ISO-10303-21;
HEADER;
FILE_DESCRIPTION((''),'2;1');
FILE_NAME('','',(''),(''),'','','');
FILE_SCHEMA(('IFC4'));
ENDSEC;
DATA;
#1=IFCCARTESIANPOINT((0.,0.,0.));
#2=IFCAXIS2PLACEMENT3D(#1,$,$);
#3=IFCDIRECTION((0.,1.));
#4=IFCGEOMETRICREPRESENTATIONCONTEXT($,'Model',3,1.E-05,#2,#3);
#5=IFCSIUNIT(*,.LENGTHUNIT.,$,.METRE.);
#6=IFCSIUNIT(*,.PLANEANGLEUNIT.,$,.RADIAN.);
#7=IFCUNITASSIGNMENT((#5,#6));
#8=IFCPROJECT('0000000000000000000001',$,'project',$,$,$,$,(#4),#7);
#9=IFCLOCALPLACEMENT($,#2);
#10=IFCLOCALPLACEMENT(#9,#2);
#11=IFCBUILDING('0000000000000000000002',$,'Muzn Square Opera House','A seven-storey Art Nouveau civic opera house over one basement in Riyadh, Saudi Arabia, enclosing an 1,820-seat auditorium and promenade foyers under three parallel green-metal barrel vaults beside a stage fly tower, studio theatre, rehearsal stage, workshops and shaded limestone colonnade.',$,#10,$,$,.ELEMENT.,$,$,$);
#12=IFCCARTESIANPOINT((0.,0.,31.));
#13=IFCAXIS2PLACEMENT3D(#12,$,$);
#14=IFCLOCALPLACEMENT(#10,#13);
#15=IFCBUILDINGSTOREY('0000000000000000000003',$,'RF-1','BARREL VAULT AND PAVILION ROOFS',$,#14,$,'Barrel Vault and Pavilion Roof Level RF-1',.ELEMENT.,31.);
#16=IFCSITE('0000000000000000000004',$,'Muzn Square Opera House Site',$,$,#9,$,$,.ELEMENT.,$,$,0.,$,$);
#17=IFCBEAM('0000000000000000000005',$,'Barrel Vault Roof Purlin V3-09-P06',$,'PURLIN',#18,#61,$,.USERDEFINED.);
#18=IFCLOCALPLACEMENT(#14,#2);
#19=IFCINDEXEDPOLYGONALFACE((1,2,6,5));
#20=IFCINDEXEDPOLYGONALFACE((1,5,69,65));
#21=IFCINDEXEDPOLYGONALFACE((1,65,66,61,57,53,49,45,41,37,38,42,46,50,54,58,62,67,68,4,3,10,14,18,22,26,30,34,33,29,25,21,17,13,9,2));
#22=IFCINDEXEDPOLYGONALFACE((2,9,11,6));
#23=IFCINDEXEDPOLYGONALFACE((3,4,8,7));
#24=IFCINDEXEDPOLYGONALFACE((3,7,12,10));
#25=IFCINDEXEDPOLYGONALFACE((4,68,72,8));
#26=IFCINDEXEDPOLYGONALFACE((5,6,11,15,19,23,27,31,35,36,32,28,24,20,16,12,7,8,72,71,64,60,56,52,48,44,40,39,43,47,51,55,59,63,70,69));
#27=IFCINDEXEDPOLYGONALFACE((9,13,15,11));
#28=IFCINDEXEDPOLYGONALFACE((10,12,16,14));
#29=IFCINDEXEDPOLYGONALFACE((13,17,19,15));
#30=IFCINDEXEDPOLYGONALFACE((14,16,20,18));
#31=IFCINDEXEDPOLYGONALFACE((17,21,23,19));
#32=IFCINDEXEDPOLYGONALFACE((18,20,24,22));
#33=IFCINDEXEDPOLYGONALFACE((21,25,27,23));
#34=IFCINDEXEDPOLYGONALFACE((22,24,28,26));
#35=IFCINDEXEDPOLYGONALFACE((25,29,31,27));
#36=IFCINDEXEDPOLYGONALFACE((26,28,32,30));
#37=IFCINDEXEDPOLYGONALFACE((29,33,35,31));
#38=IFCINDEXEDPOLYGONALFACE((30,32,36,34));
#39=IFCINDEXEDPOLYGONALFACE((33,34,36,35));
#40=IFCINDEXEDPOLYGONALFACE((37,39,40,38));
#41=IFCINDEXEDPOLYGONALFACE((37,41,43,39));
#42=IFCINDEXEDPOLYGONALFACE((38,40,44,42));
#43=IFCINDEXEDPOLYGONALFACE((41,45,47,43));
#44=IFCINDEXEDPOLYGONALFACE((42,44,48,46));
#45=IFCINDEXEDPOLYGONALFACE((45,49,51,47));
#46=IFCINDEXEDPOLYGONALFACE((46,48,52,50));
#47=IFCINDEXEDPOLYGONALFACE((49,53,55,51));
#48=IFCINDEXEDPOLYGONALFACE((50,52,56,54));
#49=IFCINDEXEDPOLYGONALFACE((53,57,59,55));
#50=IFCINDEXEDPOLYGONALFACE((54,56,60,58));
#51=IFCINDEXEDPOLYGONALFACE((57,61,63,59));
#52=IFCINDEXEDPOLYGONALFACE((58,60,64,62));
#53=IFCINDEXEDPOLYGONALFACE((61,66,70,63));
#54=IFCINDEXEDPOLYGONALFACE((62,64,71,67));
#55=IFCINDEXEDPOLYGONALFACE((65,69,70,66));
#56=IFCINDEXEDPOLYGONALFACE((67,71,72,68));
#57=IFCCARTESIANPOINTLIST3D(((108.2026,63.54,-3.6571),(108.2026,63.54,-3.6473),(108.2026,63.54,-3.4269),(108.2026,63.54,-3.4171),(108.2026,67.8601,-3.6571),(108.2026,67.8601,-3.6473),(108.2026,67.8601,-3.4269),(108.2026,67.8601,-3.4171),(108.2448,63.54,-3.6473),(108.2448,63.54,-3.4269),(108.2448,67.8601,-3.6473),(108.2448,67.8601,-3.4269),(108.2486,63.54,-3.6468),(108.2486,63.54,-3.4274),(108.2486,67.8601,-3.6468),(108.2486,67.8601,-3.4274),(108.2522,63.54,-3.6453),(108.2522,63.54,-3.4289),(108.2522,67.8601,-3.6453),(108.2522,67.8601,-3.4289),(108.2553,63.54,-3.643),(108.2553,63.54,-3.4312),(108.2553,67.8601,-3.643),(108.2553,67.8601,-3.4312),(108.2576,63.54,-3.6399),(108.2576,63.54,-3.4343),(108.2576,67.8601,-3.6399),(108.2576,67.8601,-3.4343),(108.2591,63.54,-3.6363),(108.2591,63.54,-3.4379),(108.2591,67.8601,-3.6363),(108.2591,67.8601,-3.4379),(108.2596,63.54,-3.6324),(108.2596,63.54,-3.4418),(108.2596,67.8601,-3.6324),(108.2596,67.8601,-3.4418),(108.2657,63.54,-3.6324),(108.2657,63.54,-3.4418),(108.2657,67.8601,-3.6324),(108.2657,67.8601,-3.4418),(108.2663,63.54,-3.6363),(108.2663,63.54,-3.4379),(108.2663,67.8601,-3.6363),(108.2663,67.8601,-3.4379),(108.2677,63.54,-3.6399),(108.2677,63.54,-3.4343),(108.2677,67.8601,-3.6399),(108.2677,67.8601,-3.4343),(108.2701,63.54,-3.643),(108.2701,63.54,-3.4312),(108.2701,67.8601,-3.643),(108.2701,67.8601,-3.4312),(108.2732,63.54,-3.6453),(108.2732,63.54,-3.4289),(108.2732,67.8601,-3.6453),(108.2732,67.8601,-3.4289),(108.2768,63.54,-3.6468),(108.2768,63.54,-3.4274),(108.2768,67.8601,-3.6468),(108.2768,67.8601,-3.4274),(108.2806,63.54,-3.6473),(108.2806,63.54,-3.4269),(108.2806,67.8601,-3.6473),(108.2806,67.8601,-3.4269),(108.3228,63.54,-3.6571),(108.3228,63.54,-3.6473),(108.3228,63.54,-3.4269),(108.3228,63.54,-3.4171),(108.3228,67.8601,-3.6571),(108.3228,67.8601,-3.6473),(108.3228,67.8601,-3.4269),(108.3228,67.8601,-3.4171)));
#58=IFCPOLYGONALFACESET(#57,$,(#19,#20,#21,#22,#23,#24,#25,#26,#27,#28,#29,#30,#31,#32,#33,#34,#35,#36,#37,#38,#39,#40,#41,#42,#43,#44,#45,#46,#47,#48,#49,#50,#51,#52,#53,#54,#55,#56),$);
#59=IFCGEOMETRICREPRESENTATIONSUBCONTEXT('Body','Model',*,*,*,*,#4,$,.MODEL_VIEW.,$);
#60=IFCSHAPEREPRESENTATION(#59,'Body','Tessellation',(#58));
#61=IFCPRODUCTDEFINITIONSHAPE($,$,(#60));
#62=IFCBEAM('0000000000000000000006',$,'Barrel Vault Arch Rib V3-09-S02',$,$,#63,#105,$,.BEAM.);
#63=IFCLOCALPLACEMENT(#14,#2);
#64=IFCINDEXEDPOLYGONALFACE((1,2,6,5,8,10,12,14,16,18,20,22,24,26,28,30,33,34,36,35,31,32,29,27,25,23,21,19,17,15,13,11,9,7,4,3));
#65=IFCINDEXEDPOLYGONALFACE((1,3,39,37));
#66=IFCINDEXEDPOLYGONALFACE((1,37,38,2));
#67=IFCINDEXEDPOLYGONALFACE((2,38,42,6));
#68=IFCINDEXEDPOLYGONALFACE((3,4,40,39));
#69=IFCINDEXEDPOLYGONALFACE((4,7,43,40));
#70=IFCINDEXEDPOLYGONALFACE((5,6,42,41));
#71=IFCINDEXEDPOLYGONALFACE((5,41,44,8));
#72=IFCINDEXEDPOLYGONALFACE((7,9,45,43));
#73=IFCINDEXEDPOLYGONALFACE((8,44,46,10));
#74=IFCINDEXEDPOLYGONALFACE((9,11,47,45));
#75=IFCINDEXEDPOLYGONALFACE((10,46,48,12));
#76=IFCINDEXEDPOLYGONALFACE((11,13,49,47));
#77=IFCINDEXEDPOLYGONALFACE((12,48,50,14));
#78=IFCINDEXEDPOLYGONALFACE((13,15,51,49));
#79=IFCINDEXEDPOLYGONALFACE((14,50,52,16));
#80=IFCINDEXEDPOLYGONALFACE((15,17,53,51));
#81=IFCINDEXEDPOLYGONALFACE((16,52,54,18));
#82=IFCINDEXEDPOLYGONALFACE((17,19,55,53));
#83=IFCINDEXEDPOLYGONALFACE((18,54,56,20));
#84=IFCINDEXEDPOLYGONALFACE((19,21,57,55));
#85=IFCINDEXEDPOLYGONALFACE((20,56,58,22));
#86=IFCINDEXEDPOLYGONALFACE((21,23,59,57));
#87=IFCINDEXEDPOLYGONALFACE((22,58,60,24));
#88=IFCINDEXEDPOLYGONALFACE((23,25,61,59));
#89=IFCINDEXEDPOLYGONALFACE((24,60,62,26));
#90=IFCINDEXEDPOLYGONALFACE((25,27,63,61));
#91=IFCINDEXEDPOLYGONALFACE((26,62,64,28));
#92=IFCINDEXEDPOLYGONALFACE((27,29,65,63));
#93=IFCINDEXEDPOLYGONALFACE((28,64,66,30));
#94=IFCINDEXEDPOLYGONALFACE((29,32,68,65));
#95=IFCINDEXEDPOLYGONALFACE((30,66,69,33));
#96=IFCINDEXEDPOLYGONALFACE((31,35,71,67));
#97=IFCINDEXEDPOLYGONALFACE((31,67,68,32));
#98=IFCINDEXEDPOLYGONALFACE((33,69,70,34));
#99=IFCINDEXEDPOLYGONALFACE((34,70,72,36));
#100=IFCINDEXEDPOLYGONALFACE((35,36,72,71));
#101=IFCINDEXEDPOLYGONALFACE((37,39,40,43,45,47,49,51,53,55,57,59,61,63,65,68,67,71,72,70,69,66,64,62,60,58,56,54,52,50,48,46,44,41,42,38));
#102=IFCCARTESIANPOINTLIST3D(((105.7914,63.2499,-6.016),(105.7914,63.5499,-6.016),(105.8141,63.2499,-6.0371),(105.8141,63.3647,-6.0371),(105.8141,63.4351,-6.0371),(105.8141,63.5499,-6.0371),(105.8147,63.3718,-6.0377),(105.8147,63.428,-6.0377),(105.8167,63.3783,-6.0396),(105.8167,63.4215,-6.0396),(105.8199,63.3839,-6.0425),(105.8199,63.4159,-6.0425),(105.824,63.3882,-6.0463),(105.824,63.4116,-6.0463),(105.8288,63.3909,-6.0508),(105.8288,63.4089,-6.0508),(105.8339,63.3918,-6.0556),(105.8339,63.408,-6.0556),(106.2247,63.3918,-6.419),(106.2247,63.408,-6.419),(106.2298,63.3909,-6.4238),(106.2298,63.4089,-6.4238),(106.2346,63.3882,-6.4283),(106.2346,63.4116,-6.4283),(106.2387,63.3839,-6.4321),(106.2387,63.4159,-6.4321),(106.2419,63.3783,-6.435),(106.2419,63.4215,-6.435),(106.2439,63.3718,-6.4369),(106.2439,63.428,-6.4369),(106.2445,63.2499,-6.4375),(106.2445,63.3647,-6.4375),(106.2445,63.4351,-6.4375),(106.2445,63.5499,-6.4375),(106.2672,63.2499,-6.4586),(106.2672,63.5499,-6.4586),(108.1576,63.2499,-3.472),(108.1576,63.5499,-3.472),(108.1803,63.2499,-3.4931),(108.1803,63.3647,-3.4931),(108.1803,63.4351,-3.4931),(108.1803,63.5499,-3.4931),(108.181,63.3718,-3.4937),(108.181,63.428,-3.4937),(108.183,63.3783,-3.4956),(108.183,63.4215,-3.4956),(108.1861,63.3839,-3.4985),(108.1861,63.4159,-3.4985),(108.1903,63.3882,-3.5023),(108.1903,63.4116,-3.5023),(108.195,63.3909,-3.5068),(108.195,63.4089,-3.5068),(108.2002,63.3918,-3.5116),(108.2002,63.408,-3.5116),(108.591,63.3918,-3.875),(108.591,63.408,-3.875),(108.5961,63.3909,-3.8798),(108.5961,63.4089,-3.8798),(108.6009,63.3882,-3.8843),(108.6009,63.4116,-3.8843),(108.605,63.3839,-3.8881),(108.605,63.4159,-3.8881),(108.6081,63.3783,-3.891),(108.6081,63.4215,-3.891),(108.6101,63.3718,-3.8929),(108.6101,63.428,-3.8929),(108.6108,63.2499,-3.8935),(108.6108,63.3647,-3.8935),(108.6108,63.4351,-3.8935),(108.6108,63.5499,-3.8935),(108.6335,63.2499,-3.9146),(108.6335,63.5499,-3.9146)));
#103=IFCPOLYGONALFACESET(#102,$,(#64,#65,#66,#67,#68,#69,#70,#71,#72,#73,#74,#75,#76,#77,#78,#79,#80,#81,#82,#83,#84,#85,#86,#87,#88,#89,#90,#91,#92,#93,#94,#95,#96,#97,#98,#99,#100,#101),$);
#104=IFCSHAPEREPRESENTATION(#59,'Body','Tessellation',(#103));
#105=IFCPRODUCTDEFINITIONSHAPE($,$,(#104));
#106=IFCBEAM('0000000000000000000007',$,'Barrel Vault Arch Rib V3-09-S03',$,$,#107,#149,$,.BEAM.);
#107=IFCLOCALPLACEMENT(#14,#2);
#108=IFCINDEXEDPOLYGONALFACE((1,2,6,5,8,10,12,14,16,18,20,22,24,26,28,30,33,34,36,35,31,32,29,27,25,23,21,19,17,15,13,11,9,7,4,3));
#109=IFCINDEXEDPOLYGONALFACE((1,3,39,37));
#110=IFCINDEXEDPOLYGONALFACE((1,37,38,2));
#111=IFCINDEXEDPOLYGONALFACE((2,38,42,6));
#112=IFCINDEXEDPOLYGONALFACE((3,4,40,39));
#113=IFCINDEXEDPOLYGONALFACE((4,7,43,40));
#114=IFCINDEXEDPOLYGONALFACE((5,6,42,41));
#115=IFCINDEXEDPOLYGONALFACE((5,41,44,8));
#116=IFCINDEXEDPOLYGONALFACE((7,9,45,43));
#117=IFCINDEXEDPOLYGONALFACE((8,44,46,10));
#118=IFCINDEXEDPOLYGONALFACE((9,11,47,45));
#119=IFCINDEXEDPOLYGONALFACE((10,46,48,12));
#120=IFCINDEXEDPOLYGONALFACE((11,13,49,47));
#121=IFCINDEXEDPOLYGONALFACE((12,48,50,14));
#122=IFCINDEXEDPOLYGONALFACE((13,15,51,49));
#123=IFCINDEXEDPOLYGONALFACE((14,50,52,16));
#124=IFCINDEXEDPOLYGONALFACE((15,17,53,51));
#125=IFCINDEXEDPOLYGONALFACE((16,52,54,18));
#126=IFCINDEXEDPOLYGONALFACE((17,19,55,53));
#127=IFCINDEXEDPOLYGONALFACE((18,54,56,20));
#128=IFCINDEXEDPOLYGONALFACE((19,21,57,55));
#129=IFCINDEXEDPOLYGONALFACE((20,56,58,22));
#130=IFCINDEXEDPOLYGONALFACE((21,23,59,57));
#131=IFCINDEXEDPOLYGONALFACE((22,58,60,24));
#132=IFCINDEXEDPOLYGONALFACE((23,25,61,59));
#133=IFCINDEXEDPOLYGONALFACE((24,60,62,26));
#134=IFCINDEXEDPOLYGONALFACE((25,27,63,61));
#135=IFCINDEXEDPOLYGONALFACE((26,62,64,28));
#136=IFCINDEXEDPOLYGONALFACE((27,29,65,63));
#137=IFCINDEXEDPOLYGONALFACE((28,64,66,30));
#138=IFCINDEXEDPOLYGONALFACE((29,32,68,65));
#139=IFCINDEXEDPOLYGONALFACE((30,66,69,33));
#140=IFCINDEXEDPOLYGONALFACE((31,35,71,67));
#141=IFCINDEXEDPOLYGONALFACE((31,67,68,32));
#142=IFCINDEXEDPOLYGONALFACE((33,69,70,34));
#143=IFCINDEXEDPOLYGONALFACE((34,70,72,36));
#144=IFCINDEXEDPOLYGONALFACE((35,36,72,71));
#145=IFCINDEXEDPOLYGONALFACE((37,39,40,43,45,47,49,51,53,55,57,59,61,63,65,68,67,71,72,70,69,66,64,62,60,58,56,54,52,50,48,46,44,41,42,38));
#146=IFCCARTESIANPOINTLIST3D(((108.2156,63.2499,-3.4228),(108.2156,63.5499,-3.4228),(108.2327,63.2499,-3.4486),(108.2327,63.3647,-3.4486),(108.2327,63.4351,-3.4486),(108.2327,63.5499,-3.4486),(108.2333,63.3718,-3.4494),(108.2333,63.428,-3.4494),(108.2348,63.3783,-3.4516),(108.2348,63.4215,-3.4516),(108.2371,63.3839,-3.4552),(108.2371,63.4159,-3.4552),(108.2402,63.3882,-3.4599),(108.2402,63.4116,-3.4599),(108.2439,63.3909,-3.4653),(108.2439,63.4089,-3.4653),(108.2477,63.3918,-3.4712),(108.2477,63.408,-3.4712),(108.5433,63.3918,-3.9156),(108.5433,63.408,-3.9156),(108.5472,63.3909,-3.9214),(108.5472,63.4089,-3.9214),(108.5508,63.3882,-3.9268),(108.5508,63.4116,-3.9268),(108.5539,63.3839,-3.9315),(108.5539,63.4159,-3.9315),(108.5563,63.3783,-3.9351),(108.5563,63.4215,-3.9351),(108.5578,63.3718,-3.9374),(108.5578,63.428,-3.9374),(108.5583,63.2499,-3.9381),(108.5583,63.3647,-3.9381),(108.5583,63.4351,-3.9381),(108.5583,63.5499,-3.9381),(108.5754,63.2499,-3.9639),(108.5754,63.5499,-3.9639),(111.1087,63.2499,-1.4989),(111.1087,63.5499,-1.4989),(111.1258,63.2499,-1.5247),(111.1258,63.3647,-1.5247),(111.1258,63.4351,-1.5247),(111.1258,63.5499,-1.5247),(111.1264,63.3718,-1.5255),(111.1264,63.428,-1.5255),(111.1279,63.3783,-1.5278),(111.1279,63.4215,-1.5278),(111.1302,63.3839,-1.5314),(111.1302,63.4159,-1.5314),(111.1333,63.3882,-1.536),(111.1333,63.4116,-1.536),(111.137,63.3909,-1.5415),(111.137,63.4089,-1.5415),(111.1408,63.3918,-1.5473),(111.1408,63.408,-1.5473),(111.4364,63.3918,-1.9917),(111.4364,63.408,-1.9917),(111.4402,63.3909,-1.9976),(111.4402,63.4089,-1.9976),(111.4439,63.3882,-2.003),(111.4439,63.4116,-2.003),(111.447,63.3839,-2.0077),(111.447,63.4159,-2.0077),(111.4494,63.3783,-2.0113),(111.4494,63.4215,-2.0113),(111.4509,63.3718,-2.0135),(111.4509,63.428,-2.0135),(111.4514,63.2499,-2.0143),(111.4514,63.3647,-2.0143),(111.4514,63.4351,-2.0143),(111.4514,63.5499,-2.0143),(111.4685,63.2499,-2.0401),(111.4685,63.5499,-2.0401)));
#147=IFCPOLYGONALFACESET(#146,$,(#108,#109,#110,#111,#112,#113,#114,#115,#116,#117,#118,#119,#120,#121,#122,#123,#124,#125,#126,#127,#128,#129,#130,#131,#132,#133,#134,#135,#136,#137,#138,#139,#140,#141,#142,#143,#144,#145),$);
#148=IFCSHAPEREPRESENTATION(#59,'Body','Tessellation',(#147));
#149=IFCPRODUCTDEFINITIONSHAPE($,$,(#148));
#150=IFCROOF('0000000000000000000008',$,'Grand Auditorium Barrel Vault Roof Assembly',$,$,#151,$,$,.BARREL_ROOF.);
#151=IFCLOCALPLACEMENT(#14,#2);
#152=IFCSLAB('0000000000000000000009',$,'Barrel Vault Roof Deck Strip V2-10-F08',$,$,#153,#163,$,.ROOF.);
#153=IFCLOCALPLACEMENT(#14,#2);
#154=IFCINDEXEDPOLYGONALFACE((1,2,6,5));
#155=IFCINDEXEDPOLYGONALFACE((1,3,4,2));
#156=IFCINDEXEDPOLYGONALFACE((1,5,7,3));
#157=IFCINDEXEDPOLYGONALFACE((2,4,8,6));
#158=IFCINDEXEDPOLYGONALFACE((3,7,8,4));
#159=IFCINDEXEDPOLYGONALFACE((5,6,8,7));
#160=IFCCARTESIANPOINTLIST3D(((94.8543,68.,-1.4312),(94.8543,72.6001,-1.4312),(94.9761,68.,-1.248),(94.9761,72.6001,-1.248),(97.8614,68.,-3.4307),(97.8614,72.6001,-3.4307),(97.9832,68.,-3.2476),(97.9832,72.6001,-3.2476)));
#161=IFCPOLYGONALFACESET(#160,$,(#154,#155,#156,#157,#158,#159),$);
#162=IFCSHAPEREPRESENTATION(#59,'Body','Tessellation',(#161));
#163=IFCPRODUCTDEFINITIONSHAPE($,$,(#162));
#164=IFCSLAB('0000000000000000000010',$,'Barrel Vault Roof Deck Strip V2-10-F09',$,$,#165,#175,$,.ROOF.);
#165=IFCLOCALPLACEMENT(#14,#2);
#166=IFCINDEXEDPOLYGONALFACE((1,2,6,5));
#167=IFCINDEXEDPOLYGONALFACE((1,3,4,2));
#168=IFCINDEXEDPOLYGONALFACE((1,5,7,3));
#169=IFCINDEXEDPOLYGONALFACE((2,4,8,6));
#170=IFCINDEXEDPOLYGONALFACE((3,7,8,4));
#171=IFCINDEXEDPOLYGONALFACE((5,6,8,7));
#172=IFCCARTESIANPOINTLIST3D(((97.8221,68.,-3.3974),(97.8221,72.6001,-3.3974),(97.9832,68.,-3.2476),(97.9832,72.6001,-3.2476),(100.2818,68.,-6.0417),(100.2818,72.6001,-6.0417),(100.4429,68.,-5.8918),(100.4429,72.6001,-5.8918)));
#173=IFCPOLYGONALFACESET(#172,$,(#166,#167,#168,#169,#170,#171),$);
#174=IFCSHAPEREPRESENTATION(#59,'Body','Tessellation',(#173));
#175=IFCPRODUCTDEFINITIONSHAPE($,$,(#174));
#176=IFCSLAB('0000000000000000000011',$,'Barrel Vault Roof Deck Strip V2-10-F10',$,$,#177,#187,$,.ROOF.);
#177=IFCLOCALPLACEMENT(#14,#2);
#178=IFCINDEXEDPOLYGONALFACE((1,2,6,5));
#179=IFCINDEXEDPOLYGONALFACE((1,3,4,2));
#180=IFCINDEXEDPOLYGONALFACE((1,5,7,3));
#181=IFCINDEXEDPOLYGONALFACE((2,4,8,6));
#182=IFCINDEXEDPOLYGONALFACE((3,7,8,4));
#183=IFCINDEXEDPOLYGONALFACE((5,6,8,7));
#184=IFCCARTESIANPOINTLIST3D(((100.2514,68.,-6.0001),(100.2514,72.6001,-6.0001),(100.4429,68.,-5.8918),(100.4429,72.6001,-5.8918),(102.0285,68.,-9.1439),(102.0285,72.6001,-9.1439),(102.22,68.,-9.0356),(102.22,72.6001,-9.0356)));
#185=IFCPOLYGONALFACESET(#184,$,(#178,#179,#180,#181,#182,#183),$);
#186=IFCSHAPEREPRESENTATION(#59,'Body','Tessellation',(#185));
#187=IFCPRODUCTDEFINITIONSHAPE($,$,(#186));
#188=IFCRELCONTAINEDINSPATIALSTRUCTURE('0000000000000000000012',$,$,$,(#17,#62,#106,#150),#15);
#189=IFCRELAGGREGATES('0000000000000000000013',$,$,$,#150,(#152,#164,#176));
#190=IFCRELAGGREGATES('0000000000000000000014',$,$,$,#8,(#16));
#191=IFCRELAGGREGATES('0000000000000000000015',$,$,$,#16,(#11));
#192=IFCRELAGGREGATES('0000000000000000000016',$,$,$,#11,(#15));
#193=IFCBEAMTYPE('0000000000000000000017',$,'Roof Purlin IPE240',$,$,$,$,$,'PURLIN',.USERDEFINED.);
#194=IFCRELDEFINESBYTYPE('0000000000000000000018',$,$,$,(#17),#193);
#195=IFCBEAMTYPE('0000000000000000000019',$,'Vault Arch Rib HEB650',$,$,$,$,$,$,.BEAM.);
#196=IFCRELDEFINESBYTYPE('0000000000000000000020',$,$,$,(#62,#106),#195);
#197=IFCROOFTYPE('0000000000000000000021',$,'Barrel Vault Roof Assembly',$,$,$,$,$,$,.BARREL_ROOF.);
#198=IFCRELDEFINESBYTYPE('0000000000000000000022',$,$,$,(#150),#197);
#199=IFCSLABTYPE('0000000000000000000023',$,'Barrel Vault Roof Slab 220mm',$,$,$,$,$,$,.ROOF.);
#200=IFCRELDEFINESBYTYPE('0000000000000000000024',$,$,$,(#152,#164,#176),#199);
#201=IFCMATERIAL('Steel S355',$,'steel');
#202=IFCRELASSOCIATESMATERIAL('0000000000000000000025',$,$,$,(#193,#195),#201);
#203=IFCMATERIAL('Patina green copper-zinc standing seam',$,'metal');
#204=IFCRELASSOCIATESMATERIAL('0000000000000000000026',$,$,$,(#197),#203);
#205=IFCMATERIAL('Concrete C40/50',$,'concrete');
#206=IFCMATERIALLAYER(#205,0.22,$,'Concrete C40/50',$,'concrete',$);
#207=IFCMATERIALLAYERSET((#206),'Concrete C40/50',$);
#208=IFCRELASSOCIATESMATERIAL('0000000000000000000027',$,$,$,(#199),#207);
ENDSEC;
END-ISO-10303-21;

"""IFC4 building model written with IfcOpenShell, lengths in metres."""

from ifc_helpers import new_model, si_unit, direction, frame, origin, origin_2d, place, context, subcontext, project, spatial, polyline, i_section, outline, extrude, material, layer, layer_set, material_profile, profile_set, type_object, element, aggregate, save


model = new_model("IFC4")

# Units and contexts
model_context = context("Model", 3, precision=1e-05, world=origin(), true_north=direction((0.0, 1.0)))
body_context = subcontext(model_context, "Body", "Model", "MODEL_VIEW")
ifc_project = project(units=[si_unit("LENGTHUNIT", "METRE"), si_unit("PLANEANGLEUNIT", "RADIAN")], contexts=[model_context])

# Site, building, storey
site_placement = place(None, origin())
site = spatial("IfcSite", under=ifc_project, at=site_placement, Name="Muzn Square Opera House Site", CompositionType="ELEMENT", RefElevation=0.0)
building_placement = place(site_placement, origin())
building = spatial("IfcBuilding", under=site, at=building_placement, Name="Muzn Square Opera House", Description="A seven-storey Art Nouveau civic opera house over one basement in Riyadh, Saudi Arabia, enclosing an 1,820-seat auditorium and promenade foyers under three parallel green-metal barrel vaults beside a stage fly tower, studio theatre, rehearsal stage, workshops and shaded limestone colonnade.", CompositionType="ELEMENT")
storey_placement = place(building_placement, frame((0.0, 0.0, 31.0)))
storey = spatial("IfcBuildingStorey", under=building, at=storey_placement, Name="RF-1", Description="BARREL VAULT AND PAVILION ROOFS", LongName="Barrel Vault and Pavilion Roof Level RF-1", CompositionType="ELEMENT", Elevation=31.0)

# Beams
ifc_material_1 = material(Name="Steel S355", Category="steel")
ifc_material_profile_1 = material_profile(ifc_material_1, i_section(OverallWidth=0.1201, OverallDepth=0.24, WebThickness=0.0061, FlangeThickness=0.0098, FilletRadius=0.0149, at=origin_2d()), Name="IPE 240", Category="steel")
ifc_profile_set_1 = profile_set([ifc_material_profile_1], Name="Steel S355")
beam_type_1 = type_object("IfcBeamType", Name="Roof Purlin IPE240", ElementType="PURLIN", PredefinedType="USERDEFINED", material=ifc_profile_set_1)
for number, where, z_axis, x_axis, name in (
    (1, (108.2627, 63.54, -3.5371), (0.0, 1.0, 0.0), (-1.0, 0.0, 0.0), "Barrel Vault Roof Purlin V3-09-P06"),
):
    element("IfcBeam", number, at=place(storey_placement, frame(where, z_axis=z_axis, x_axis=x_axis)), inside=storey, type_object=beam_type_1, Name=name, ObjectType="PURLIN", PredefinedType="USERDEFINED", context=body_context, shape_type="SweptSolid", body=[
        extrude(i_section(OverallWidth=0.1201, OverallDepth=0.24, WebThickness=0.0061, FlangeThickness=0.0098, FilletRadius=0.0149, at=origin_2d()), origin(), (0.0, 0.0, 1.0), 4.3201),
    ])
ifc_material_profile_2 = material_profile(ifc_material_1, i_section(OverallWidth=0.3, OverallDepth=0.6499, WebThickness=0.0161, FlangeThickness=0.031, FilletRadius=0.0271, at=origin_2d()), Name="HEB 650", Category="steel")
ifc_profile_set_2 = profile_set([ifc_material_profile_2], Name="Steel S355")
beam_type_2 = type_object("IfcBeamType", Name="Vault Arch Rib HEB650", PredefinedType="BEAM", material=ifc_profile_set_2)
for number, where, z_axis, x_axis, name in (
    (2, (106.0293, 63.3999, -6.2373), (0.681065, 0.0, 0.732223), (0.0, 1.0, 0.0), "Barrel Vault Arch Rib V3-09-S02"),
    (3, (108.3955, 63.3999, -3.6934), (0.832698, 0.0, 0.553727), (0.0, 1.0, 0.0), "Barrel Vault Arch Rib V3-09-S03"),
):
    element("IfcBeam", number, at=place(storey_placement, frame(where, z_axis=z_axis, x_axis=x_axis)), inside=storey, type_object=beam_type_2, Name=name, PredefinedType="BEAM", context=body_context, shape_type="SweptSolid", body=[
        extrude(i_section(OverallWidth=0.3, OverallDepth=0.6499, WebThickness=0.0161, FlangeThickness=0.031, FilletRadius=0.0271, at=origin_2d()), origin(), (0.0, 0.0, 1.0), 3.4744),
    ])

# Roof, slabs
ifc_material_2 = material(Name="Patina green copper-zinc standing seam", Category="metal")
roof_type = type_object("IfcRoofType", Name="Barrel Vault Roof Assembly", PredefinedType="BARREL_ROOF", material=ifc_material_2)
roof_1_placement = place(storey_placement, origin())
roof_1 = element("IfcRoof", 4, at=roof_1_placement, inside=storey, type_object=roof_type, Name="Grand Auditorium Barrel Vault Roof Assembly", PredefinedType="BARREL_ROOF")
ifc_material_3 = material(Name="Concrete C40/50", Category="concrete")
ifc_layer_1 = layer(ifc_material_3, 0.22, Name="Concrete C40/50", Category="concrete")
ifc_layer_set_1 = layer_set([ifc_layer_1], Name="Concrete C40/50")
slab_type = type_object("IfcSlabType", Name="Barrel Vault Roof Slab 220mm", PredefinedType="ROOF", material=ifc_layer_set_1)
slab_1_placement = place(storey_placement, frame((94.9761, 68.0, -1.248), z_axis=(0.553701, 0.0, 0.832715), x_axis=(0.832715, 0.0, -0.553701)))
slab_1 = element("IfcSlab", 5, at=slab_1_placement, type_object=slab_type, Name="Barrel Vault Roof Deck Strip V2-10-F08", PredefinedType="ROOF", context=body_context, shape_type="SweptSolid", body=[
    extrude(outline(polyline([(0.0, 0.0), (3.6112, 0.0), (3.6112, 4.6001), (0.0, 4.6001), (0.0, 0.0)])), origin(), (0.0, 0.0, -1.0), 0.22),
])
slab_2_placement = place(storey_placement, frame((97.9832, 68.0, -3.2476), z_axis=(0.732198, 0.0, 0.681091), x_axis=(0.681091, 0.0, -0.732198)))
slab_2 = element("IfcSlab", 6, at=slab_2_placement, type_object=slab_type, Name="Barrel Vault Roof Deck Strip V2-10-F09", PredefinedType="ROOF", context=body_context, shape_type="SweptSolid", body=[
    extrude(outline(polyline([(0.0, 0.0), (3.6114, 0.0), (3.6114, 4.6001), (0.0, 4.6001), (0.0, 0.0)])), origin(), (0.0, 0.0, -1.0), 0.22),
])
slab_3_placement = place(storey_placement, frame((100.4429, 68.0, -5.8918), z_axis=(0.870543, 0.0, 0.492093), x_axis=(0.492093, 0.0, -0.870543)))
slab_3 = element("IfcSlab", 7, at=slab_3_placement, type_object=slab_type, Name="Barrel Vault Roof Deck Strip V2-10-F10", PredefinedType="ROOF", context=body_context, shape_type="SweptSolid", body=[
    extrude(outline(polyline([(0.0, 0.0), (3.6113, 0.0), (3.6113, 4.6001), (0.0, 4.6001), (0.0, 0.0)])), origin(), (0.0, 0.0, -1.0), 0.22),
])
aggregate(roof_1, [slab_1, slab_2, slab_3])

save(model, "model.ifc")
